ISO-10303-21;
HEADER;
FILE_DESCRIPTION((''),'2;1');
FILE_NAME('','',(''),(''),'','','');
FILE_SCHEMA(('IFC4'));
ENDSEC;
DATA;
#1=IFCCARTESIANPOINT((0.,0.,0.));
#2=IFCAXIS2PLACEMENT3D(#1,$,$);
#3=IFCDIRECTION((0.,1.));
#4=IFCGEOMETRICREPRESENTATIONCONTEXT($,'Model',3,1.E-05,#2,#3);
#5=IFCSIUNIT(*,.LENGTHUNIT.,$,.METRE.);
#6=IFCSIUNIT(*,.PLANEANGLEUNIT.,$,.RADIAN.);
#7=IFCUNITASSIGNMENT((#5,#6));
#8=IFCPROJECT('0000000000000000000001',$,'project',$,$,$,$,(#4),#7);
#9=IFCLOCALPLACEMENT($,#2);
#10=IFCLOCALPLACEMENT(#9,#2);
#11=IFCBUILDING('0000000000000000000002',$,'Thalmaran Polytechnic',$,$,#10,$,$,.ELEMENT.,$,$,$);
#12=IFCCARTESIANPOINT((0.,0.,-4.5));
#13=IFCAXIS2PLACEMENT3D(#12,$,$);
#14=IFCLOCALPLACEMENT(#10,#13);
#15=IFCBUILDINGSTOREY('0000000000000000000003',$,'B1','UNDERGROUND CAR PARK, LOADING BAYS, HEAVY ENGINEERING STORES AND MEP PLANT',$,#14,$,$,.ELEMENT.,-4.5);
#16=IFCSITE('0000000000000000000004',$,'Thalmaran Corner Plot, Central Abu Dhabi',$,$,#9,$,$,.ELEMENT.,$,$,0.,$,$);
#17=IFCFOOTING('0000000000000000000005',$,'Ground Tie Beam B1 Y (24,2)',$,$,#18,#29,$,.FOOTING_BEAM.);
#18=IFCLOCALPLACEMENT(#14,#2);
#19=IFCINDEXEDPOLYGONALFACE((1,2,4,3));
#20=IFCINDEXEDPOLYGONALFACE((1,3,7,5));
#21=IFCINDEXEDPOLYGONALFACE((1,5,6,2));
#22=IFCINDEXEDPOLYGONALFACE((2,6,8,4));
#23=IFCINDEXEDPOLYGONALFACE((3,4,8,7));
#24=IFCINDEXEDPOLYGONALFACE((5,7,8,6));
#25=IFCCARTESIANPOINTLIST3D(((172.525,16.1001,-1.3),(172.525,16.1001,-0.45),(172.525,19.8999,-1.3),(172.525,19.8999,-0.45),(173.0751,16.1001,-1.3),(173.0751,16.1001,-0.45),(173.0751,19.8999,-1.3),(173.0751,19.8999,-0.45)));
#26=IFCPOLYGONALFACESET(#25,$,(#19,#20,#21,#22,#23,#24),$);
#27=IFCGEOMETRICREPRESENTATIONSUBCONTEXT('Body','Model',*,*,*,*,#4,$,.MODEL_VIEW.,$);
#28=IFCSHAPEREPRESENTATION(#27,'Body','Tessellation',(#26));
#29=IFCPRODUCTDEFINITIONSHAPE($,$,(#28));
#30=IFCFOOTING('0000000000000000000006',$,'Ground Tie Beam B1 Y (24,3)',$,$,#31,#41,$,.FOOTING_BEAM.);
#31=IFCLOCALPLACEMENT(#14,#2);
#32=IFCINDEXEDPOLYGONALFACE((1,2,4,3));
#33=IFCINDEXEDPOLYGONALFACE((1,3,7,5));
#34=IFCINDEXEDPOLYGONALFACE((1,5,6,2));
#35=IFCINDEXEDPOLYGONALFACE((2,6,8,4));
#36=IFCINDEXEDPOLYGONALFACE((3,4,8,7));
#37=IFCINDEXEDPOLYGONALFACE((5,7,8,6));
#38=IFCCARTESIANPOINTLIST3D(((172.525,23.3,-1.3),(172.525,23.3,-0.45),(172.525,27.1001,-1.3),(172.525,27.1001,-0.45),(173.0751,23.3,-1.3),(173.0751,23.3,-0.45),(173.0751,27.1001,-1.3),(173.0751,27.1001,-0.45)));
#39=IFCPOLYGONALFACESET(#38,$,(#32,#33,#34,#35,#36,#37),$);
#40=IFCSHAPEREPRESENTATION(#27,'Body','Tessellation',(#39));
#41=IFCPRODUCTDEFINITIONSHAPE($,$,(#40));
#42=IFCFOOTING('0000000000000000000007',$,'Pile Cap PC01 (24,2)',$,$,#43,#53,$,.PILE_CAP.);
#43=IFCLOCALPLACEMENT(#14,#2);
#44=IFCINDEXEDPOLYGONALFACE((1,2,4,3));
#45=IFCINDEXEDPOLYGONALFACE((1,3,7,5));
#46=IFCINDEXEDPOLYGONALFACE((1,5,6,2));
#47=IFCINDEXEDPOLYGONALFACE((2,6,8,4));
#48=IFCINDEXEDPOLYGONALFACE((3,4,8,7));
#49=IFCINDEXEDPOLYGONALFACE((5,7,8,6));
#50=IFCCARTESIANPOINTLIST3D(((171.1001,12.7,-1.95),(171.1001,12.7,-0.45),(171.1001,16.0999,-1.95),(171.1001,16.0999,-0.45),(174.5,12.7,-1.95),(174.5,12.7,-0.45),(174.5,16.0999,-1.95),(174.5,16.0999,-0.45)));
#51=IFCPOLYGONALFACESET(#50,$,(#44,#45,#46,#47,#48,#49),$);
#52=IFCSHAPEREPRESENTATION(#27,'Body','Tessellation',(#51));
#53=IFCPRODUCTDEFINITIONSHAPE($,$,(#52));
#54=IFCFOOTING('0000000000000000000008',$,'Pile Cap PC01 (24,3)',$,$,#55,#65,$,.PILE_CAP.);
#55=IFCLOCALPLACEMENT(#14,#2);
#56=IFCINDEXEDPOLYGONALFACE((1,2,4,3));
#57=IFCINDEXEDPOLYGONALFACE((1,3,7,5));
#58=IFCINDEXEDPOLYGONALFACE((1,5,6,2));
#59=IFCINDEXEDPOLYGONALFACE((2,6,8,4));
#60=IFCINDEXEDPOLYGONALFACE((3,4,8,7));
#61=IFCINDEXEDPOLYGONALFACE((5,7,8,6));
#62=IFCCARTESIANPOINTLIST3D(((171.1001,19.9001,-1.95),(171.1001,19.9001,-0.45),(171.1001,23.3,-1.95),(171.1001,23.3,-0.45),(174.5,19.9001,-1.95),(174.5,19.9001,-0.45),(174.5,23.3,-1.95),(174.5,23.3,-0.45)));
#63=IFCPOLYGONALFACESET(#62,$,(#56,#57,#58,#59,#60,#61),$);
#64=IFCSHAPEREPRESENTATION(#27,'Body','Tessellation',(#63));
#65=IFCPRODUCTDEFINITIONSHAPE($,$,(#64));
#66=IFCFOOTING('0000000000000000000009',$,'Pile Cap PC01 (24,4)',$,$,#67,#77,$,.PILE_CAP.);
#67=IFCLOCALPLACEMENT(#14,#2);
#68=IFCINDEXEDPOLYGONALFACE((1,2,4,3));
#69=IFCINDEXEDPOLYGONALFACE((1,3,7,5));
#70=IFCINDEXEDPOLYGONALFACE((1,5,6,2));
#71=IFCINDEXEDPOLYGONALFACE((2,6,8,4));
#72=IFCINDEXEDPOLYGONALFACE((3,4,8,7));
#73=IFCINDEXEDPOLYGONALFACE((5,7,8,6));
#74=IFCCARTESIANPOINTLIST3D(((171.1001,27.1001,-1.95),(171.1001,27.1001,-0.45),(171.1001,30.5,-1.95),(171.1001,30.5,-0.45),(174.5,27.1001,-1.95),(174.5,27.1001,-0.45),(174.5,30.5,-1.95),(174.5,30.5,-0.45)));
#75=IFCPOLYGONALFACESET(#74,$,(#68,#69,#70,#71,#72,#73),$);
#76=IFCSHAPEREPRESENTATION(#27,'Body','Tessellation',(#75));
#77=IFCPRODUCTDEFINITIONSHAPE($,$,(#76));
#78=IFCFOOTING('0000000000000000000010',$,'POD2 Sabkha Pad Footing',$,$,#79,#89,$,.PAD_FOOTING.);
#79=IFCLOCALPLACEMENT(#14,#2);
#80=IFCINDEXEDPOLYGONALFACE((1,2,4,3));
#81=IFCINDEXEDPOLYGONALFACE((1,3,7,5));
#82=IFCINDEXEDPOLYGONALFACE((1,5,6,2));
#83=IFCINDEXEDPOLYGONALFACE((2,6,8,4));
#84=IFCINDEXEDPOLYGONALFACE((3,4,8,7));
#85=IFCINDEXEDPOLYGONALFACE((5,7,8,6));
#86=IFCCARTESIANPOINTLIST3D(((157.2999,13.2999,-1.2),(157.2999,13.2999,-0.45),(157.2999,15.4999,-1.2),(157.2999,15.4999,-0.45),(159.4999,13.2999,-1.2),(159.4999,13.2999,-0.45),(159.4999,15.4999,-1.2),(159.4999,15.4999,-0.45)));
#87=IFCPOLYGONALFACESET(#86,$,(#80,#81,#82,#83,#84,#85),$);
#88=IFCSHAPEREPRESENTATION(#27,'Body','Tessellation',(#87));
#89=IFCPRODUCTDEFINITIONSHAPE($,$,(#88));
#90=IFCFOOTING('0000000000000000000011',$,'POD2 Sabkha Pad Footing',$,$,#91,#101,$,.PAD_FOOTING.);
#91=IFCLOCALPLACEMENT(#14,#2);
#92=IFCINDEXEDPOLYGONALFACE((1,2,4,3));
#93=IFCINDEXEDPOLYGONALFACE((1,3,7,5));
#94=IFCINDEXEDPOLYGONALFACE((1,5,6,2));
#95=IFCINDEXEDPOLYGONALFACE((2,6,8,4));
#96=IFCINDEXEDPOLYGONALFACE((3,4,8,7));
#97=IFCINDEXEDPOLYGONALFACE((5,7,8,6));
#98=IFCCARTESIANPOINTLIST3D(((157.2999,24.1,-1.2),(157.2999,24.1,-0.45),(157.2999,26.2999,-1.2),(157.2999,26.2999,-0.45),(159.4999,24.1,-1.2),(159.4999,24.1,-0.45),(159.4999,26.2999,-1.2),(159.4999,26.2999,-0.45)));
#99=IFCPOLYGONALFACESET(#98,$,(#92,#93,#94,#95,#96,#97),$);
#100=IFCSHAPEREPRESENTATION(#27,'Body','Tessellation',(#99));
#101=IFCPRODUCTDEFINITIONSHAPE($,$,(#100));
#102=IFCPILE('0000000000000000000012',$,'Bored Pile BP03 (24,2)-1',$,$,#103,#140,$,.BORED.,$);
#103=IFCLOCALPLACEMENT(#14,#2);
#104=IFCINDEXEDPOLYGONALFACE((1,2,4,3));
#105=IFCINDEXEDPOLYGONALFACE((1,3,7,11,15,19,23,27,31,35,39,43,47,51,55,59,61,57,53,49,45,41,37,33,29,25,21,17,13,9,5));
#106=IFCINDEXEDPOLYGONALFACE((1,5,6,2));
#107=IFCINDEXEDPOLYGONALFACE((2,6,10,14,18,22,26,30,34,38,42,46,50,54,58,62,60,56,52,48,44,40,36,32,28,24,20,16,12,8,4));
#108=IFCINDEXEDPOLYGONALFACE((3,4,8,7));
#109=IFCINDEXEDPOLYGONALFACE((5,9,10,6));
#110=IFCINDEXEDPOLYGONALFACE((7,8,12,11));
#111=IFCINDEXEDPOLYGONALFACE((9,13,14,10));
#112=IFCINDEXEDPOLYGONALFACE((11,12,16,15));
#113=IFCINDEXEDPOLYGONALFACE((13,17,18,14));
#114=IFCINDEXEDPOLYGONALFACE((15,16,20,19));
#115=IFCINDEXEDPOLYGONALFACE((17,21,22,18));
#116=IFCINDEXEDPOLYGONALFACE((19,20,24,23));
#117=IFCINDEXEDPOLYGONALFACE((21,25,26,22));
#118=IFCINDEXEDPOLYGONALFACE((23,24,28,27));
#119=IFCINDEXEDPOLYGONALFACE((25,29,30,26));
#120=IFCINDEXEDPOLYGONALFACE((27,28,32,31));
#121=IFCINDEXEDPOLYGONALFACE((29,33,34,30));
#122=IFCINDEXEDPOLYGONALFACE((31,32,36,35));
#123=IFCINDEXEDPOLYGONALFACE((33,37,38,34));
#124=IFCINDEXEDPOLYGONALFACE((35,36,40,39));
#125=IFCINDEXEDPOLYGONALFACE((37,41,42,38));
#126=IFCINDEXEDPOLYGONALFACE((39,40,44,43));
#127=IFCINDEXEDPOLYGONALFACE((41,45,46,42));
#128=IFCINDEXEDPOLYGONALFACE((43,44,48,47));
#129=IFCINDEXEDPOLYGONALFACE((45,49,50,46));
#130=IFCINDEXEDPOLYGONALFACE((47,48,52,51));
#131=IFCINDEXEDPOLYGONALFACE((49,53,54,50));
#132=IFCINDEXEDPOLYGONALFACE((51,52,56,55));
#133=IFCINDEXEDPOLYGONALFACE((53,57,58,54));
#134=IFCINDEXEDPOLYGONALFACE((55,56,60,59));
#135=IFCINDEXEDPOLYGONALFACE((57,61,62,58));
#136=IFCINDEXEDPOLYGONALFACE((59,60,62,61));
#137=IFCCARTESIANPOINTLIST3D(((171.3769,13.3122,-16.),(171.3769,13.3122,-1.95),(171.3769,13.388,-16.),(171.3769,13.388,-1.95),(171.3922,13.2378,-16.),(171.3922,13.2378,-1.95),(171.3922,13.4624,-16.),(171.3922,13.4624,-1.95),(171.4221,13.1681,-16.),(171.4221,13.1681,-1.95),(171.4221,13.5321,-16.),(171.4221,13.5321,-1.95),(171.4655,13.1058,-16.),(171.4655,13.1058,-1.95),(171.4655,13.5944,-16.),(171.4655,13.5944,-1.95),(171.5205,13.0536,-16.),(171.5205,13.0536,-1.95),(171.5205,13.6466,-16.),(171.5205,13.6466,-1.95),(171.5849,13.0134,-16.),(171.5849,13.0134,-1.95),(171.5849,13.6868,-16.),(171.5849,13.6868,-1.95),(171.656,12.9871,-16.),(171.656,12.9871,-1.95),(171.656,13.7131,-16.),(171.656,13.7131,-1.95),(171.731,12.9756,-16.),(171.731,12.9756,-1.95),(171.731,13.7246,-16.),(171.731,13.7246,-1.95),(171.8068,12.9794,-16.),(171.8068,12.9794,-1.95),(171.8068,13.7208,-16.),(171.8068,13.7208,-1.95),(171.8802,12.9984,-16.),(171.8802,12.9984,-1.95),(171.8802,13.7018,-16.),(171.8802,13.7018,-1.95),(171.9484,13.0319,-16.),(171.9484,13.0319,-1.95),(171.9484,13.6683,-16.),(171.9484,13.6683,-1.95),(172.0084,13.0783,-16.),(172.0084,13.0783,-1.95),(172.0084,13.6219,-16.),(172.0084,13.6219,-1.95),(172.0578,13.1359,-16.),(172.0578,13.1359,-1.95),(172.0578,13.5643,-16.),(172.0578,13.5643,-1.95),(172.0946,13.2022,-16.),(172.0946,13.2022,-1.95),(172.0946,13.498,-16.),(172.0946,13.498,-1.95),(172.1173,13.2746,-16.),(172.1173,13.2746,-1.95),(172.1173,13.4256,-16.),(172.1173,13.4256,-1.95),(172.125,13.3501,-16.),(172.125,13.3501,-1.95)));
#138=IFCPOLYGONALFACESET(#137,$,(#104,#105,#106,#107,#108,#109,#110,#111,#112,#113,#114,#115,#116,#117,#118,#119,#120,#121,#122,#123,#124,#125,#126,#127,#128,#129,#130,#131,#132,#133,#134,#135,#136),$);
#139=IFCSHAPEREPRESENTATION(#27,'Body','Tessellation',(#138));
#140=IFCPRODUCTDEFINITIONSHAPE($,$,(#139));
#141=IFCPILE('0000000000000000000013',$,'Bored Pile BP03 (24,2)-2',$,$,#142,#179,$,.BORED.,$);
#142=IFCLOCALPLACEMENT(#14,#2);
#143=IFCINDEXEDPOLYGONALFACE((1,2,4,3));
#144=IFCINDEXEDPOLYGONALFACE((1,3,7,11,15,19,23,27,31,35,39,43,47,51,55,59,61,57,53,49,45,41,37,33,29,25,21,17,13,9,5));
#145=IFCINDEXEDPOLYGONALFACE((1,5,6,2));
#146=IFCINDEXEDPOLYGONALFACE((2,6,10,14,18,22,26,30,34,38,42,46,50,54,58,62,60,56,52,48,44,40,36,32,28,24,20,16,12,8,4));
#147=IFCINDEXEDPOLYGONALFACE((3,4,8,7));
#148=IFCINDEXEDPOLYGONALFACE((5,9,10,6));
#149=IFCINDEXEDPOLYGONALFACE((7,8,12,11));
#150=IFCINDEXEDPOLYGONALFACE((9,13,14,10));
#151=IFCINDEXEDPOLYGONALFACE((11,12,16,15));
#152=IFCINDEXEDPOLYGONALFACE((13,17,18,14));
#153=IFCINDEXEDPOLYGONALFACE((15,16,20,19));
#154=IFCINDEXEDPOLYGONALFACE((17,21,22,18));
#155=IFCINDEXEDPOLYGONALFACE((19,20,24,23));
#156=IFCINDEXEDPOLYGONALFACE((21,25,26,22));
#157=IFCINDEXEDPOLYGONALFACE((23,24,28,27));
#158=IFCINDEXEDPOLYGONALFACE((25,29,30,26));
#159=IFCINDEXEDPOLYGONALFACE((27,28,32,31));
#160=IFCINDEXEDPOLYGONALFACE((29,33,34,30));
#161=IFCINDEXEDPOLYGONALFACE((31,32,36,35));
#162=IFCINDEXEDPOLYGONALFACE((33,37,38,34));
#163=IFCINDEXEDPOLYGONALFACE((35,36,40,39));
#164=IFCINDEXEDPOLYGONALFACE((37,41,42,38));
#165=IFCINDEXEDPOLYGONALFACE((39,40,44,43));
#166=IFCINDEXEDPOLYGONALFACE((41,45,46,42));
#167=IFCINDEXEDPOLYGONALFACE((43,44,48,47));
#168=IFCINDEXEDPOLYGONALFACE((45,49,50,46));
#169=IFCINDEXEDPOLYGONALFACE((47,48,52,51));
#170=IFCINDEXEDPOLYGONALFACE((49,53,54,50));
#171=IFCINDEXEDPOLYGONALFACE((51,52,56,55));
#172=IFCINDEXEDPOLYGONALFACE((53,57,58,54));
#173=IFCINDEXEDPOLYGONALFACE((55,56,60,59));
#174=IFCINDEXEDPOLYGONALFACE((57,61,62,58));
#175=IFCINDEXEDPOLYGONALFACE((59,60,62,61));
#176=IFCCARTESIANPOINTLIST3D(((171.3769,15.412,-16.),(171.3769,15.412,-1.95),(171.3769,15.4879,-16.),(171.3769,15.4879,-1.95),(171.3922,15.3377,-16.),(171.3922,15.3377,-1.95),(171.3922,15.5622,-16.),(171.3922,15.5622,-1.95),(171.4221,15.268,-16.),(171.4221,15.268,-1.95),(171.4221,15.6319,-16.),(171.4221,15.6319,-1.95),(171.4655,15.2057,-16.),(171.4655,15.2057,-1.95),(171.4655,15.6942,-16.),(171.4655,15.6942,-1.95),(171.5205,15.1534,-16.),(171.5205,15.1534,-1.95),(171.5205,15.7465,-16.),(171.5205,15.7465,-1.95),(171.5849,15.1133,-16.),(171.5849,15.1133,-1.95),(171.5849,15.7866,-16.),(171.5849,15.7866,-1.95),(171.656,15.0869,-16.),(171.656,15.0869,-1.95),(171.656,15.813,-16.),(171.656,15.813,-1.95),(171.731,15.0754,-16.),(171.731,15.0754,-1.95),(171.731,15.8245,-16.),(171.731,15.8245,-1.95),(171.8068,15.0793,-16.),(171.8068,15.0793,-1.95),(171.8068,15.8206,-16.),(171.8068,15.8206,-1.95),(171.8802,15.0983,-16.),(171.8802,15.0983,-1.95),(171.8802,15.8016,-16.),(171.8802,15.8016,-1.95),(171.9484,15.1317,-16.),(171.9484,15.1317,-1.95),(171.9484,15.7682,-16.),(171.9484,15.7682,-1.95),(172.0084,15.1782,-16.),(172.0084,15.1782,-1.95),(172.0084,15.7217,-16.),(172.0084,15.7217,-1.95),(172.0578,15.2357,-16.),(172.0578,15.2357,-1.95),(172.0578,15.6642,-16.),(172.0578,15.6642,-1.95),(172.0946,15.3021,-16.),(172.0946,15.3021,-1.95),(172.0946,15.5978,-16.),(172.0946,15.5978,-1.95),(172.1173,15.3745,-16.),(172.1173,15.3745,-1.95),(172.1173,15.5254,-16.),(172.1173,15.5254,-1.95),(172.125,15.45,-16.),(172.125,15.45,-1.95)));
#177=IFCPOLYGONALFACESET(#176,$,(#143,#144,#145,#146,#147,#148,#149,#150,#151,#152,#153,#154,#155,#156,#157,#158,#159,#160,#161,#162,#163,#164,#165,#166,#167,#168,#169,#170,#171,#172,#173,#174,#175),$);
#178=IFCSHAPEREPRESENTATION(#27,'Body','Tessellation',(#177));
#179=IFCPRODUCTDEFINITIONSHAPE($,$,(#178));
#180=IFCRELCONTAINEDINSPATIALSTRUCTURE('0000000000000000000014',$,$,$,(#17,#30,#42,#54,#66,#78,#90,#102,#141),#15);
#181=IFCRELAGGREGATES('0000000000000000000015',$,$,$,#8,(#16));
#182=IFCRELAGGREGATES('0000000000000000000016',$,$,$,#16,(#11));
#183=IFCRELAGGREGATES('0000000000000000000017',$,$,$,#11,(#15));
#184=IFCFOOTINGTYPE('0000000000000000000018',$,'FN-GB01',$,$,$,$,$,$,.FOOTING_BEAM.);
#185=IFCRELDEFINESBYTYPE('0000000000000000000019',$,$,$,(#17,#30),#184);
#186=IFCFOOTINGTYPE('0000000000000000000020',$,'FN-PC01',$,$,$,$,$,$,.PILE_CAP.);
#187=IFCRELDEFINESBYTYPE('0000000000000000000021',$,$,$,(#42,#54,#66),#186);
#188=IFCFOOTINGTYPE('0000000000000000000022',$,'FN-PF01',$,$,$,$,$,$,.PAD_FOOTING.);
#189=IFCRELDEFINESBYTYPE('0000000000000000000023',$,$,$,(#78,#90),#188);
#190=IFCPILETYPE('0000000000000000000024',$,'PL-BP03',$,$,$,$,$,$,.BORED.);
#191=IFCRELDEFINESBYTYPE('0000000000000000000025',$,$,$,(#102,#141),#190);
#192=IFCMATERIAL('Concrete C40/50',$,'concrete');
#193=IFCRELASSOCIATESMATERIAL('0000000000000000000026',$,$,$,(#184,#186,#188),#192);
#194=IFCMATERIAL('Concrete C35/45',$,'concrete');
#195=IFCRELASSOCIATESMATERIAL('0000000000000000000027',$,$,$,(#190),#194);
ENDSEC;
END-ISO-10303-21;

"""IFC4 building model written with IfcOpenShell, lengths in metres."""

from ifc_helpers import new_model, si_unit, direction, frame, origin, origin_2d, place, context, subcontext, project, spatial, rectangle, circle, extrude, material, material_profile, profile_set, type_object, element, save


model = new_model("IFC4")

# Units and contexts
model_context = context("Model", 3, precision=1e-05, world=origin(), true_north=direction((0.0, 1.0)))
body_context = subcontext(model_context, "Body", "Model", "MODEL_VIEW")
ifc_project = project(units=[si_unit("LENGTHUNIT", "METRE"), si_unit("PLANEANGLEUNIT", "RADIAN")], contexts=[model_context])

# Site, building, storey
site_placement = place(None, origin())
site = spatial("IfcSite", under=ifc_project, at=site_placement, Name="Thalmaran Corner Plot, Central Abu Dhabi", CompositionType="ELEMENT", RefElevation=0.0)
building_placement = place(site_placement, origin())
building = spatial("IfcBuilding", under=site, at=building_placement, Name="Thalmaran Polytechnic", CompositionType="ELEMENT")
storey_placement = place(building_placement, frame((0.0, 0.0, -4.5)))
storey = spatial("IfcBuildingStorey", under=building, at=storey_placement, Name="B1", Description="UNDERGROUND CAR PARK, LOADING BAYS, HEAVY ENGINEERING STORES AND MEP PLANT", CompositionType="ELEMENT", Elevation=-4.5)

# Footings
ifc_material_1 = material(Name="Concrete C40/50", Category="concrete")
ifc_material_profile_1 = material_profile(ifc_material_1, rectangle(XDim=0.55, YDim=0.8501, at=origin_2d()), Name="RC 550x850")
ifc_profile_set_1 = profile_set([ifc_material_profile_1], Name="Concrete C40/50")
footing_type_1 = type_object("IfcFootingType", Name="FN-GB01", PredefinedType="FOOTING_BEAM", material=ifc_profile_set_1)
footing_1_placement = place(storey_placement, frame((172.8, 16.1001, -0.875), z_axis=(0.0, 1.0, 0.0), x_axis=(-1.0, 0.0, 0.0)))
element("IfcFooting", 1, at=footing_1_placement, inside=storey, type_object=footing_type_1, Name="Ground Tie Beam B1 Y (24,2)", PredefinedType="FOOTING_BEAM", context=body_context, shape_type="SweptSolid", body=[
    extrude(rectangle(XDim=0.55, YDim=0.8501, at=origin_2d()), origin(), (0.0, 0.0, 1.0), 3.7998),
])
footing_2_placement = place(storey_placement, frame((172.8, 23.3, -0.875), z_axis=(0.0, 1.0, 0.0), x_axis=(-1.0, 0.0, 0.0)))
element("IfcFooting", 2, at=footing_2_placement, inside=storey, type_object=footing_type_1, Name="Ground Tie Beam B1 Y (24,3)", PredefinedType="FOOTING_BEAM", context=body_context, shape_type="SweptSolid", body=[
    extrude(rectangle(XDim=0.55, YDim=0.8501, at=origin_2d()), origin(), (0.0, 0.0, 1.0), 3.8),
])
footing_type_2 = type_object("IfcFootingType", Name="FN-PC01", PredefinedType="PILE_CAP", material=ifc_material_1)
for number, where, z_axis, x_axis, name in (
    (3, (172.8, 14.3999, -1.95), (0.0, 0.0, 1.0), (1.0, 0.0, 0.0), "Pile Cap PC01 (24,2)"),
    (4, (172.8, 21.6001, -1.95), (0.0, 0.0, 1.0), (1.0, 0.0, 0.0), "Pile Cap PC01 (24,3)"),
    (5, (172.8, 28.8, -1.95), (0.0, 0.0, 1.0), (1.0, 0.0, 0.0), "Pile Cap PC01 (24,4)"),
):
    element("IfcFooting", number, at=place(storey_placement, frame(where, z_axis=z_axis, x_axis=x_axis)), inside=storey, type_object=footing_type_2, Name=name, PredefinedType="PILE_CAP", context=body_context, shape_type="SweptSolid", body=[
        extrude(rectangle(XDim=3.3999, YDim=3.3999, at=origin_2d()), origin(), (0.0, 0.0, 1.0), 1.5),
    ])
footing_type_3 = type_object("IfcFootingType", Name="FN-PF01", PredefinedType="PAD_FOOTING", material=ifc_material_1)
for number, where, z_axis, x_axis, name in (
    (6, (158.3999, 14.3999, -1.2), (0.0, 0.0, 1.0), (1.0, 0.0, 0.0), "POD2 Sabkha Pad Footing"),
    (7, (158.3999, 25.2, -1.2), (0.0, 0.0, 1.0), (1.0, 0.0, 0.0), "POD2 Sabkha Pad Footing"),
):
    element("IfcFooting", number, at=place(storey_placement, frame(where, z_axis=z_axis, x_axis=x_axis)), inside=storey, type_object=footing_type_3, Name=name, PredefinedType="PAD_FOOTING", context=body_context, shape_type="SweptSolid", body=[
        extrude(rectangle(XDim=2.2, YDim=2.2, at=origin_2d()), origin(), (0.0, 0.0, 1.0), 0.75),
    ])

# Piles
ifc_material_2 = material(Name="Concrete C35/45", Category="concrete")
ifc_material_profile_2 = material_profile(ifc_material_2, circle(Radius=0.375, at=origin_2d()), Name="RC 750 DIA")
ifc_profile_set_2 = profile_set([ifc_material_profile_2], Name="Concrete C35/45")
pile_type = type_object("IfcPileType", Name="PL-BP03", PredefinedType="BORED", material=ifc_profile_set_2)
for number, where, z_axis, x_axis, name in (
    (8, (171.75, 13.3501, -1.95), (0.0, 0.0, -1.0), (1.0, 0.0, 0.0), "Bored Pile BP03 (24,2)-1"),
    (9, (171.75, 15.45, -1.95), (0.0, 0.0, -1.0), (1.0, 0.0, 0.0), "Bored Pile BP03 (24,2)-2"),
):
    element("IfcPile", number, at=place(storey_placement, frame(where, z_axis=z_axis, x_axis=x_axis)), inside=storey, type_object=pile_type, Name=name, PredefinedType="BORED", context=body_context, shape_type="SweptSolid", body=[
        extrude(circle(Radius=0.375, at=origin_2d()), origin(), (0.0, 0.0, 1.0), 14.05),
    ])

save(model, "model.ifc")
